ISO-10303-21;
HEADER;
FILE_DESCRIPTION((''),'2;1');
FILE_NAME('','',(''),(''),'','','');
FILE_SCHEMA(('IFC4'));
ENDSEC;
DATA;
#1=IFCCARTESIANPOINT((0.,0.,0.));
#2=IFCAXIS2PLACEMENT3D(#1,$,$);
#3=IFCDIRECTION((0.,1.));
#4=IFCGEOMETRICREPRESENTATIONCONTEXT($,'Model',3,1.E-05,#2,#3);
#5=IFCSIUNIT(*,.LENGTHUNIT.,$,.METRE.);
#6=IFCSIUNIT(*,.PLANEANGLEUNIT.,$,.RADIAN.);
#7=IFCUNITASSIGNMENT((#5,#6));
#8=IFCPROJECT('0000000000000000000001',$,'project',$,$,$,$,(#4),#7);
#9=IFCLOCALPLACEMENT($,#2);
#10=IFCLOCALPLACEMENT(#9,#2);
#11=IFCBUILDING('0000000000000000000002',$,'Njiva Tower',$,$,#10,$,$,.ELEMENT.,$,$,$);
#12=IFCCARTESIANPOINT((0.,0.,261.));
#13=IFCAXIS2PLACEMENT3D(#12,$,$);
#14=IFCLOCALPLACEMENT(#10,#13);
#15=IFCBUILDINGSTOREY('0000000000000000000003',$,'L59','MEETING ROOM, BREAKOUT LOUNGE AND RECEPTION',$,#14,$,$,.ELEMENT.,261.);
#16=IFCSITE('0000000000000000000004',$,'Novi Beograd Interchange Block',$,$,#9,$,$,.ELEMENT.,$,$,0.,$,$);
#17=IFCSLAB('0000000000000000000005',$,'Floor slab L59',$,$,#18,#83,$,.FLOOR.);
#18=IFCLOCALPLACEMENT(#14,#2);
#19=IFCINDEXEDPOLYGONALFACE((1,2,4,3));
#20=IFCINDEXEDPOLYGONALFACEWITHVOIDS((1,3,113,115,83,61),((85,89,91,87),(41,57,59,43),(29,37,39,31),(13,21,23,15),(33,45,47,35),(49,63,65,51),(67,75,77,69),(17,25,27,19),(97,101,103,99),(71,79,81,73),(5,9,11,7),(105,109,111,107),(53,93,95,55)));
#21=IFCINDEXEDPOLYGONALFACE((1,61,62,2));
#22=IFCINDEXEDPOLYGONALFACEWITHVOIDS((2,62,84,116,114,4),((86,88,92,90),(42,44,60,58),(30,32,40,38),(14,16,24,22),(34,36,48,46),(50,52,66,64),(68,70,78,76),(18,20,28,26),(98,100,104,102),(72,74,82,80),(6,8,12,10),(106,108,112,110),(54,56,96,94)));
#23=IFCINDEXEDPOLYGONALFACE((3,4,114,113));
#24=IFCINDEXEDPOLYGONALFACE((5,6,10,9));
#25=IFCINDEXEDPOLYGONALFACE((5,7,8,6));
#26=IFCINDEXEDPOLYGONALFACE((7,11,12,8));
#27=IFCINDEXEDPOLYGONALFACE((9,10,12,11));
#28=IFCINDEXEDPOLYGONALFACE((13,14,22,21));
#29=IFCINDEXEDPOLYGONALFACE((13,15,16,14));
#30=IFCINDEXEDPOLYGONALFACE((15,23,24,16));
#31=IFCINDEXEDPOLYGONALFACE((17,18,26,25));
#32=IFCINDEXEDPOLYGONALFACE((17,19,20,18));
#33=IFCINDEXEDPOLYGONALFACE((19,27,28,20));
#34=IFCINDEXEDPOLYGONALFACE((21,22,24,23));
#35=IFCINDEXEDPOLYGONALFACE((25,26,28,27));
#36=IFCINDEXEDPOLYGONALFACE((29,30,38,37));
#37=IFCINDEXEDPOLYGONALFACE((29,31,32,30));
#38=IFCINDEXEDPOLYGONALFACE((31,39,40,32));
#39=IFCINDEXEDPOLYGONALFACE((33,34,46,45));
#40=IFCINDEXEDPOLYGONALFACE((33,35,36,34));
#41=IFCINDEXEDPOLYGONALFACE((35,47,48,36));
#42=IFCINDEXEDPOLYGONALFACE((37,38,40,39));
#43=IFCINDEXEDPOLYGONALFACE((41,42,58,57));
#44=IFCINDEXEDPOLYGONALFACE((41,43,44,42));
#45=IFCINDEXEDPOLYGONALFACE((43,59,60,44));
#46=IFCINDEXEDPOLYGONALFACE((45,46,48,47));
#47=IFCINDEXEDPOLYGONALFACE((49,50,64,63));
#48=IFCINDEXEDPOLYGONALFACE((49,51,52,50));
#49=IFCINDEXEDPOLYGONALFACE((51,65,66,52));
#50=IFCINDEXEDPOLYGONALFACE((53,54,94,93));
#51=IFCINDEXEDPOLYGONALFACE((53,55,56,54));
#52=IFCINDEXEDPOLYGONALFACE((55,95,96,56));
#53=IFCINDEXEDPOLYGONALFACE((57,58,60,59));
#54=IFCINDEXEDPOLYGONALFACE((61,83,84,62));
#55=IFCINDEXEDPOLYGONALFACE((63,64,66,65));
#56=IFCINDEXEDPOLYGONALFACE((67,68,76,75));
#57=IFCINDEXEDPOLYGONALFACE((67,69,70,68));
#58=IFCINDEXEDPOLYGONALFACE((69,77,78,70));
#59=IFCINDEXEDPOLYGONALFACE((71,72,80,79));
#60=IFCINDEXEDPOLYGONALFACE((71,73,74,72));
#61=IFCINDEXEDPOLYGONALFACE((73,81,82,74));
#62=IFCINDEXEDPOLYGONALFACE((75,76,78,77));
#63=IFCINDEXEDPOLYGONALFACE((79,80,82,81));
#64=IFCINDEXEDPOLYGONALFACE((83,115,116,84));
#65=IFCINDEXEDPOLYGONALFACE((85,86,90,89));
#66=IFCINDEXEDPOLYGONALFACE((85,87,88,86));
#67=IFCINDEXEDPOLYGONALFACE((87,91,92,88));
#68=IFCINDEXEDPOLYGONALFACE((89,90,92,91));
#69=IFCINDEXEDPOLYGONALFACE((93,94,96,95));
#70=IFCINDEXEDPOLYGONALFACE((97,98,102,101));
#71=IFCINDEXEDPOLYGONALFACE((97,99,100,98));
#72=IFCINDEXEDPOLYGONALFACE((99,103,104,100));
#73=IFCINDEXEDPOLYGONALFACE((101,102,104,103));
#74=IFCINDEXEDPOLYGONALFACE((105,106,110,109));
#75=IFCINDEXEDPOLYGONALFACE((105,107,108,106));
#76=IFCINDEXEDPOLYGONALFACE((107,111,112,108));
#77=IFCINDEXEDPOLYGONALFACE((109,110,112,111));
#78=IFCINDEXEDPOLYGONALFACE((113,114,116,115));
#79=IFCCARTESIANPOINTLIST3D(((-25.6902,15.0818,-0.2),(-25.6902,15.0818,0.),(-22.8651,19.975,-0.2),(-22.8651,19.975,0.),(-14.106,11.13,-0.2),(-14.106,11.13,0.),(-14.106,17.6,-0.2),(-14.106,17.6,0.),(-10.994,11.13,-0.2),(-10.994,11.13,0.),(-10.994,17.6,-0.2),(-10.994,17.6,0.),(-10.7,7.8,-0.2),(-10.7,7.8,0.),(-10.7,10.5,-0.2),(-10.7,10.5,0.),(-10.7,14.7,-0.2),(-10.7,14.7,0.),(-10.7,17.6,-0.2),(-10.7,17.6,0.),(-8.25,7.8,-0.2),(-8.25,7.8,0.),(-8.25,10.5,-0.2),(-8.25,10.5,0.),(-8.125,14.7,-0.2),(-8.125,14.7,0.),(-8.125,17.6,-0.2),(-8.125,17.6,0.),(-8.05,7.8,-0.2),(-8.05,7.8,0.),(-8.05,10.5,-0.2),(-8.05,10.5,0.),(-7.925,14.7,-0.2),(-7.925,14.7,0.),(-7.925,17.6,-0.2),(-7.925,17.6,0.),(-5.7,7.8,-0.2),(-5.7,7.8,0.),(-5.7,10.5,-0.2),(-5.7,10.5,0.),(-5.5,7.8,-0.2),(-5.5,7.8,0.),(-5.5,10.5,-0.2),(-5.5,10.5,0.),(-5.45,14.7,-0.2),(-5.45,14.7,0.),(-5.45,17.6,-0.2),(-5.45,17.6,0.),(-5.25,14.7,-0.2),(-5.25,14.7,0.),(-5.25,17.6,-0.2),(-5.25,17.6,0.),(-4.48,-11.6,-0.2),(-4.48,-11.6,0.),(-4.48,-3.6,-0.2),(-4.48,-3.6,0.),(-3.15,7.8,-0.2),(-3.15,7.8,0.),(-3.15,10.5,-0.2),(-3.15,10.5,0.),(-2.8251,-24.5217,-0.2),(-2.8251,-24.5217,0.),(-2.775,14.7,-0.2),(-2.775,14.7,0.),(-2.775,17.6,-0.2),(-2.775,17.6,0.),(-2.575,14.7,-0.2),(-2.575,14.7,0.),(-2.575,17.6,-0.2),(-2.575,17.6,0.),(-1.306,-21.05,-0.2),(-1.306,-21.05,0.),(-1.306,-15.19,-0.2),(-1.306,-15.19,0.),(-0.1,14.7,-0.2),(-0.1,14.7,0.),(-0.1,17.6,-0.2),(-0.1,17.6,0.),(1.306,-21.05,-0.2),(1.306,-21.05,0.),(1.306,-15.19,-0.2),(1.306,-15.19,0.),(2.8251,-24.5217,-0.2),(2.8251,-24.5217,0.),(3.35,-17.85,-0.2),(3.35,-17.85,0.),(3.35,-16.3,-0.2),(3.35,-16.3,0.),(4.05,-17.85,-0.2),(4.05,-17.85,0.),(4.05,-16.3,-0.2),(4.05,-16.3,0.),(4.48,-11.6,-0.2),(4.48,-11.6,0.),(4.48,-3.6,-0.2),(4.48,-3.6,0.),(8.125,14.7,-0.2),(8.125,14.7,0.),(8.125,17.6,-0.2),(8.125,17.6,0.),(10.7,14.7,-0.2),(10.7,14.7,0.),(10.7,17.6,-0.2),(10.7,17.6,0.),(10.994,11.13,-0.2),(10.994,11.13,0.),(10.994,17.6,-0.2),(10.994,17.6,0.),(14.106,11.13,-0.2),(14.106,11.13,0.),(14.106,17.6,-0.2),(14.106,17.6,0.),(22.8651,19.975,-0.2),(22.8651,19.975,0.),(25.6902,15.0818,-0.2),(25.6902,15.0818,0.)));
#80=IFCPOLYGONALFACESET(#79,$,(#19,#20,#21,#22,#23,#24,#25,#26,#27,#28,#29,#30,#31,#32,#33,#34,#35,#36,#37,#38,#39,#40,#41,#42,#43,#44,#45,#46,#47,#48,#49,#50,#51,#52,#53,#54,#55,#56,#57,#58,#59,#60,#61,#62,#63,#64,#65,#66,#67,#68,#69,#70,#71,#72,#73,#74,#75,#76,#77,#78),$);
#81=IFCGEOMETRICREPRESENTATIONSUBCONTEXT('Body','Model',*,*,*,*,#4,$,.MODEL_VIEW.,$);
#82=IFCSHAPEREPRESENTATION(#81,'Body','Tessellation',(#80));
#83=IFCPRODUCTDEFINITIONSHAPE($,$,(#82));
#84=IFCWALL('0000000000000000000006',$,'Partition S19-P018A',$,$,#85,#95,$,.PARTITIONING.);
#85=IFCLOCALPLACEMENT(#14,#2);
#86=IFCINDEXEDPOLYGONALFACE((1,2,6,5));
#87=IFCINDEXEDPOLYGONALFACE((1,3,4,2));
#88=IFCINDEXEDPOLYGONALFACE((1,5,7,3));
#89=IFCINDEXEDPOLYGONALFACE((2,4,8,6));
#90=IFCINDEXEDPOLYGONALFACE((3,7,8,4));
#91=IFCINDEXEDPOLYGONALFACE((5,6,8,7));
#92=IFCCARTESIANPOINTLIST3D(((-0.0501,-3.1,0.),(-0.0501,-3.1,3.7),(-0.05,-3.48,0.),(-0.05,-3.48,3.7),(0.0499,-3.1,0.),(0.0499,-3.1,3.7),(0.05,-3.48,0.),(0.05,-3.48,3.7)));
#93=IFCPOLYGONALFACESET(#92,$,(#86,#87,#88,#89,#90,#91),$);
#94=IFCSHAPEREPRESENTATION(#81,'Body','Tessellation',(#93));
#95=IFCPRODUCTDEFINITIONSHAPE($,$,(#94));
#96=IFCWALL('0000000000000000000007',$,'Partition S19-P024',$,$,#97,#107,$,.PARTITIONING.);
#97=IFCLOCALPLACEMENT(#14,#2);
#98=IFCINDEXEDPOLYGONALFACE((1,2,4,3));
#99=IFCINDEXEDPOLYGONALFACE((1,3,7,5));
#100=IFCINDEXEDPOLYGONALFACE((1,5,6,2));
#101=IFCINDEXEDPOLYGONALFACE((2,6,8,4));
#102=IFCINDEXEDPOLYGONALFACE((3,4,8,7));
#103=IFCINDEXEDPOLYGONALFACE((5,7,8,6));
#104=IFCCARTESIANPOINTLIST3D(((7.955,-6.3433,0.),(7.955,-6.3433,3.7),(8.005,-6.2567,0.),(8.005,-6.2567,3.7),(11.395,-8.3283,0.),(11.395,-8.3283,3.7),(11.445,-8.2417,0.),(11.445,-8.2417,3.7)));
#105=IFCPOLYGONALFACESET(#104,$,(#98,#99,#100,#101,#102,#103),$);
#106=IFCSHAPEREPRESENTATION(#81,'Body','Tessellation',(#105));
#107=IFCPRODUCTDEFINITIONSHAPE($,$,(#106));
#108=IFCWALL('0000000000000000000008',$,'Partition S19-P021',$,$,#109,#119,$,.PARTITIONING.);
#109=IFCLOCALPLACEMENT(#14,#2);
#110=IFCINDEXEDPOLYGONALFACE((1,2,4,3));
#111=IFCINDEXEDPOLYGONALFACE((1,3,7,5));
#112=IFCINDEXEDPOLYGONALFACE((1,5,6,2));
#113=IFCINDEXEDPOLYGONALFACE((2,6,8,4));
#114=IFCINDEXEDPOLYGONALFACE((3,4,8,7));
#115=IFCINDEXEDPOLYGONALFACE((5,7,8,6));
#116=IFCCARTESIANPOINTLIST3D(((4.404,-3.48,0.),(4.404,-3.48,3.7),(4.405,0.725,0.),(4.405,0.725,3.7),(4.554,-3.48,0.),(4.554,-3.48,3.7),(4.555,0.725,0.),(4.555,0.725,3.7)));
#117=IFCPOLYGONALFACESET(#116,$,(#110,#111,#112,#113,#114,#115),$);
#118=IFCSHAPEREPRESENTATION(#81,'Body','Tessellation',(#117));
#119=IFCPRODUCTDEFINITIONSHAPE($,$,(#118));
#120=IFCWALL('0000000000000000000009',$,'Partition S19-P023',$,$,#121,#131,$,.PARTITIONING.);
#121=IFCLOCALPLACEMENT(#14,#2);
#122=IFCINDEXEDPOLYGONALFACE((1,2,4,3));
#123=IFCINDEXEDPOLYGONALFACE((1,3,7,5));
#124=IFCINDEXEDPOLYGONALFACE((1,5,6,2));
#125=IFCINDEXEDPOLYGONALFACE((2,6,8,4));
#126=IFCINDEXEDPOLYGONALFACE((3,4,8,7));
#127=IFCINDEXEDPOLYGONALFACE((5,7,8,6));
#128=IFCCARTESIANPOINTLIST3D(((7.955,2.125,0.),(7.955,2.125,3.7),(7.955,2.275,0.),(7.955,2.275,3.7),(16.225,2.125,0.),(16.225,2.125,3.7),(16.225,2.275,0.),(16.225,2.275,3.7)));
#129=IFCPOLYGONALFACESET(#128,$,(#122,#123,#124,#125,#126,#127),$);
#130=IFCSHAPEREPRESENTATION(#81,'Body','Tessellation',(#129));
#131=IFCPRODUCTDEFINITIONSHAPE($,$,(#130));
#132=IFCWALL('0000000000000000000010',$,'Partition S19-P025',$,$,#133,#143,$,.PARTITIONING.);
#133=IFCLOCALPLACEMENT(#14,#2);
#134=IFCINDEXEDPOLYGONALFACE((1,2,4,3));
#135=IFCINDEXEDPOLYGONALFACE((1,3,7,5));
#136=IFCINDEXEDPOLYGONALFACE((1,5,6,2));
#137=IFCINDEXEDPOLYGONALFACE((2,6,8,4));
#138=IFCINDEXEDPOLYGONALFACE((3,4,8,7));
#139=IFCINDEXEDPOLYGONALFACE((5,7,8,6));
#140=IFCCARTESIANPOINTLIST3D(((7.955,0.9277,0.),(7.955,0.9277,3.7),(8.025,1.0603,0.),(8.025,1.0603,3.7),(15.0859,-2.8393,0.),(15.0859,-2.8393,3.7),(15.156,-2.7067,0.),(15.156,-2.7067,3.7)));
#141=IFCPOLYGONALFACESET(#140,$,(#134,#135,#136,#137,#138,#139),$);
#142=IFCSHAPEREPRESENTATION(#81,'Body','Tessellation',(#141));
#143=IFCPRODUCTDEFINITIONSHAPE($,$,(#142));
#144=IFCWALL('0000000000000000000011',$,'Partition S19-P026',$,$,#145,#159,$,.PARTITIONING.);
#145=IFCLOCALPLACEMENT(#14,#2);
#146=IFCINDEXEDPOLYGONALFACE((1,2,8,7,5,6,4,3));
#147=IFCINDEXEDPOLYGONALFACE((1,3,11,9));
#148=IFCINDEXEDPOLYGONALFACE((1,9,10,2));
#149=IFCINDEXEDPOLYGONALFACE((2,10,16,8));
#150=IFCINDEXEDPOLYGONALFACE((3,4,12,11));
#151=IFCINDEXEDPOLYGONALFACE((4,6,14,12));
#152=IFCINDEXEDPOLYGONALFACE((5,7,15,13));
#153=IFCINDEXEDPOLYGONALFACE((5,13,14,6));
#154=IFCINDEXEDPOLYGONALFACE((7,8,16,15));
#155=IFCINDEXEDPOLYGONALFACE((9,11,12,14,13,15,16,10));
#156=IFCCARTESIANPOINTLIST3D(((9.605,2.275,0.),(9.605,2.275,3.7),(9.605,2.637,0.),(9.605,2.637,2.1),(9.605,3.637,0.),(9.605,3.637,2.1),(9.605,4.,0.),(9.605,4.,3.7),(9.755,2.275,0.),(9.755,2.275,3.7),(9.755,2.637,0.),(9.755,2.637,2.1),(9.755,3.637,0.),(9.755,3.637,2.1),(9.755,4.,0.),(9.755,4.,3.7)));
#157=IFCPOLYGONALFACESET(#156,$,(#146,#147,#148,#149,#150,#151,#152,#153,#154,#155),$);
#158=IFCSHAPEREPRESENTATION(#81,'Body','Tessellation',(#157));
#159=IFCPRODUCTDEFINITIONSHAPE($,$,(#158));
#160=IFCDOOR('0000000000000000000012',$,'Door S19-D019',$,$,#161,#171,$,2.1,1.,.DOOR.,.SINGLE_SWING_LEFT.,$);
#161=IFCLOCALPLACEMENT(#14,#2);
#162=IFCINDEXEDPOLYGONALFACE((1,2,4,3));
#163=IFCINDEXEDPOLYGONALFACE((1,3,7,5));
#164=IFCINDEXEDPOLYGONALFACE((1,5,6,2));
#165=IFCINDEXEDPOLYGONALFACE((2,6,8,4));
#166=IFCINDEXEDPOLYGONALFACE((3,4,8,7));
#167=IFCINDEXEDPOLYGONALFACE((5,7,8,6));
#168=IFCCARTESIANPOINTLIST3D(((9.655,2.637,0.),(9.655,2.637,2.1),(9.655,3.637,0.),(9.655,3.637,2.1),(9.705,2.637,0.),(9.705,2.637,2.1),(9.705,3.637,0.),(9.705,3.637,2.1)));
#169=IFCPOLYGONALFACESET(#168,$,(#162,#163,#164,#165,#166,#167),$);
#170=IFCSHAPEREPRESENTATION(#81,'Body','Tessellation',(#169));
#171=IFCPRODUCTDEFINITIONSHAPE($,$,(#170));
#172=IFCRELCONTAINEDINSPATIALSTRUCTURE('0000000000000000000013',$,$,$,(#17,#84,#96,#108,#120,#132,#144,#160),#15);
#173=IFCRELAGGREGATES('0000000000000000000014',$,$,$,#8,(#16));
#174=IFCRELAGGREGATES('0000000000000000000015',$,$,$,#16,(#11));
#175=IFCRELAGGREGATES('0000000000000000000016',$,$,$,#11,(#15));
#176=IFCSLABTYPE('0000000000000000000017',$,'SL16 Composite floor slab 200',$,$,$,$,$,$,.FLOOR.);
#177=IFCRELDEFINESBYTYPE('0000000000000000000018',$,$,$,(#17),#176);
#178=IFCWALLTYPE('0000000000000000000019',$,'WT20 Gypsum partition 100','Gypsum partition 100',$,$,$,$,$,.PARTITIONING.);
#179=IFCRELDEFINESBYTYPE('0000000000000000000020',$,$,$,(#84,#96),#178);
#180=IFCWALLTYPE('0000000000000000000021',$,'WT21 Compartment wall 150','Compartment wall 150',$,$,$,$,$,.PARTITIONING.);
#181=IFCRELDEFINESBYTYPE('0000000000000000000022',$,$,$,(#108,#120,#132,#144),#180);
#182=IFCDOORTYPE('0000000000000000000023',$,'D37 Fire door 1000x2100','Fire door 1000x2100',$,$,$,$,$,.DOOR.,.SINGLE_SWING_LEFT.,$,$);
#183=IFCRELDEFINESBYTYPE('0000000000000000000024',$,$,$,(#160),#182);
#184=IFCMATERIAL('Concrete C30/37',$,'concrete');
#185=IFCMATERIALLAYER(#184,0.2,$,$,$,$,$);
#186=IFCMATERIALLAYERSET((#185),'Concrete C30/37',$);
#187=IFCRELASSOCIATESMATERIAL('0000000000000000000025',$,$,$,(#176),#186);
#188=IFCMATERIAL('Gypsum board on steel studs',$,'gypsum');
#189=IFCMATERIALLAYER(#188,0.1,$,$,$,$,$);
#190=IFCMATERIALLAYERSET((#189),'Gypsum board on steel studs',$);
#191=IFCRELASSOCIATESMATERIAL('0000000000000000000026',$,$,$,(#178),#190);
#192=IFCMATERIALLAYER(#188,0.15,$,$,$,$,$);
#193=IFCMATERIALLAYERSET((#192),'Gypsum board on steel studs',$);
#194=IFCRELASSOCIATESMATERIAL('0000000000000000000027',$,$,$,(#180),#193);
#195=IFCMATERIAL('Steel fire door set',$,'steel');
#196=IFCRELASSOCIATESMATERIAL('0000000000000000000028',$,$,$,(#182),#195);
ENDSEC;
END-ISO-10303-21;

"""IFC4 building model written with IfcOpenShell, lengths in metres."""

from ifc_helpers import new_model, si_unit, direction, frame, frame_2d, origin, place, context, subcontext, project, spatial, polyline, rectangle, outline, extrude, material, layer, layer_set, type_object, element, fill, save


model = new_model("IFC4")

# Units and contexts
model_context = context("Model", 3, precision=1e-05, world=origin(), true_north=direction((0.0, 1.0)))
body_context = subcontext(model_context, "Body", "Model", "MODEL_VIEW")
ifc_project = project(units=[si_unit("LENGTHUNIT", "METRE"), si_unit("PLANEANGLEUNIT", "RADIAN")], contexts=[model_context])

# Site, building, storey
site_placement = place(None, origin())
site = spatial("IfcSite", under=ifc_project, at=site_placement, Name="Novi Beograd Interchange Block", CompositionType="ELEMENT", RefElevation=0.0)
building_placement = place(site_placement, origin())
building = spatial("IfcBuilding", under=site, at=building_placement, Name="Njiva Tower", CompositionType="ELEMENT")
storey_placement = place(building_placement, frame((0.0, 0.0, 261.0)))
storey = spatial("IfcBuildingStorey", under=building, at=storey_placement, Name="L59", Description="MEETING ROOM, BREAKOUT LOUNGE AND RECEPTION", CompositionType="ELEMENT", Elevation=261.0)

# Slab
ifc_material_1 = material(Name="Concrete C30/37", Category="concrete")
ifc_layer_1 = layer(ifc_material_1, 0.2)
ifc_layer_set_1 = layer_set([ifc_layer_1], Name="Concrete C30/37")
slab_type_1 = type_object("IfcSlabType", Name="SL16 Composite floor slab 200", PredefinedType="FLOOR", material=ifc_layer_set_1)
slab_1_placement = place(storey_placement, frame((0.0, 0.0, -0.2)))
element("IfcSlab", 1, at=slab_1_placement, inside=storey, type_object=slab_type_1, Name="Floor slab L59", PredefinedType="FLOOR", context=body_context, shape_type="SweptSolid", body=[
    extrude(outline(polyline([(25.6902, 15.0818), (2.8251, -24.5217), (-2.8251, -24.5217), (-25.6902, 15.0818), (-22.8651, 19.975), (22.8651, 19.975), (25.6902, 15.0818)]), holes=[polyline([(10.994, 11.13), (14.106, 11.13), (14.106, 17.6), (10.994, 17.6), (10.994, 11.13)]), polyline([(8.125, 14.7), (10.7, 14.7), (10.7, 17.6), (8.125, 17.6), (8.125, 14.7)]), polyline([(4.48, -11.6), (4.48, -3.6), (-4.48, -3.6), (-4.48, -11.6), (4.48, -11.6)]), polyline([(3.35, -17.85), (4.05, -17.85), (4.05, -16.3), (3.35, -16.3), (3.35, -17.85)]), polyline([(-1.306, -21.05), (1.306, -21.05), (1.306, -15.19), (-1.306, -15.19), (-1.306, -21.05)]), polyline([(-2.575, 14.7), (-0.1, 14.7), (-0.1, 17.6), (-2.575, 17.6), (-2.575, 14.7)]), polyline([(-2.775, 14.7), (-2.775, 17.6), (-5.25, 17.6), (-5.25, 14.7), (-2.775, 14.7)]), polyline([(-5.5, 7.8), (-3.15, 7.8), (-3.15, 10.5), (-5.5, 10.5), (-5.5, 7.8)]), polyline([(-7.925, 14.7), (-5.45, 14.7), (-5.45, 17.6), (-7.925, 17.6), (-7.925, 14.7)]), polyline([(-8.05, 7.8), (-5.7, 7.8), (-5.7, 10.5), (-8.05, 10.5), (-8.05, 7.8)]), polyline([(-10.7, 14.7), (-8.125, 14.7), (-8.125, 17.6), (-10.7, 17.6), (-10.7, 14.7)]), polyline([(-8.25, 7.8), (-8.25, 10.5), (-10.7, 10.5), (-10.7, 7.8), (-8.25, 7.8)]), polyline([(-10.994, 11.13), (-10.994, 17.6), (-14.106, 17.6), (-14.106, 11.13), (-10.994, 11.13)])]), origin(), (0.0, 0.0, 1.0), 0.2),
])

# Walls
ifc_material_2 = material(Name="Gypsum board on steel studs", Category="gypsum")
ifc_layer_2 = layer(ifc_material_2, 0.1)
ifc_layer_set_2 = layer_set([ifc_layer_2], Name="Gypsum board on steel studs")
wall_type_1 = type_object("IfcWallType", Name="WT20 Gypsum partition 100", Description="Gypsum partition 100", PredefinedType="PARTITIONING", material=ifc_layer_set_2)
wall_1_placement = place(storey_placement, frame((-0.0001, -3.1, 0.0), z_axis=(0.0, 0.0, 1.0), x_axis=(0.000263, -1.0, 0.0)))
element("IfcWall", 2, at=wall_1_placement, inside=storey, type_object=wall_type_1, Name="Partition S19-P018A", PredefinedType="PARTITIONING", context=body_context, shape_type="SweptSolid", body=[
    extrude(rectangle(XDim=0.38, YDim=0.1, at=frame_2d((0.19, 0.0))), origin(), (0.0, 0.0, 1.0), 3.7),
])
wall_2_placement = place(storey_placement, frame((7.98, -6.3, 0.0), z_axis=(0.0, 0.0, 1.0), x_axis=(0.866144, -0.499795, 0.0)))
element("IfcWall", 3, at=wall_2_placement, inside=storey, type_object=wall_type_1, Name="Partition S19-P024", PredefinedType="PARTITIONING", context=body_context, shape_type="SweptSolid", body=[
    extrude(rectangle(XDim=3.9716, YDim=0.1, at=frame_2d((1.9858, 0.0))), origin(), (0.0, 0.0, 1.0), 3.7),
])
ifc_layer_3 = layer(ifc_material_2, 0.15)
ifc_layer_set_3 = layer_set([ifc_layer_3], Name="Gypsum board on steel studs")
wall_type_2 = type_object("IfcWallType", Name="WT21 Compartment wall 150", Description="Compartment wall 150", PredefinedType="PARTITIONING", material=ifc_layer_set_3)
wall_3_placement = place(storey_placement, frame((4.479, -3.48, 0.0), z_axis=(0.0, 0.0, 1.0), x_axis=(0.000238, 1.0, 0.0)))
element("IfcWall", 4, at=wall_3_placement, inside=storey, type_object=wall_type_2, Name="Partition S19-P021", PredefinedType="PARTITIONING", context=body_context, shape_type="SweptSolid", body=[
    extrude(rectangle(XDim=4.205, YDim=0.15, at=frame_2d((2.1025, 0.0))), origin(), (0.0, 0.0, 1.0), 3.7),
])
wall_4_placement = place(storey_placement, frame((7.955, 2.2, 0.0), z_axis=(0.0, 0.0, 1.0), x_axis=(1.0, 0.0, 0.0)))
element("IfcWall", 5, at=wall_4_placement, inside=storey, type_object=wall_type_2, Name="Partition S19-P023", PredefinedType="PARTITIONING", context=body_context, shape_type="SweptSolid", body=[
    extrude(rectangle(XDim=8.27, YDim=0.15, at=frame_2d((4.135, 0.0))), origin(), (0.0, 0.0, 1.0), 3.7),
])
wall_5_placement = place(storey_placement, frame((7.99, 0.994, 0.0), z_axis=(0.0, 0.0, 1.0), x_axis=(0.88421, -0.46709, 0.0)))
element("IfcWall", 6, at=wall_5_placement, inside=storey, type_object=wall_type_2, Name="Partition S19-P025", PredefinedType="PARTITIONING", context=body_context, shape_type="SweptSolid", body=[
    extrude(rectangle(XDim=8.0648, YDim=0.15, at=frame_2d((4.0324, 0.0))), origin(), (0.0, 0.0, 1.0), 3.7),
])

# Wall, opening, door
wall_6_placement = place(storey_placement, frame((9.68, 2.275, 0.0), z_axis=(0.0, 0.0, 1.0), x_axis=(0.0, 1.0, 0.0)))
wall_6 = element("IfcWall", 7, at=wall_6_placement, inside=storey, type_object=wall_type_2, Name="Partition S19-P026", PredefinedType="PARTITIONING", context=body_context, shape_type="SweptSolid", body=[
    extrude(rectangle(XDim=1.725, YDim=0.15, at=frame_2d((0.8625, 0.0))), origin(), (0.0, 0.0, 1.0), 3.7),
])
opening_1_placement = place(wall_6_placement, frame((0.362, 0.0, 0.0)))
opening_1 = element("IfcOpeningElement", 8, at=opening_1_placement, cuts=wall_6, PredefinedType="OPENING", context=body_context, shape_type="SweptSolid", body=[
    extrude(rectangle(XDim=1.0, YDim=2.1, at=frame_2d((0.5, 1.05))), frame((0.0, 0.085, 0.0), z_axis=(0.0, -1.0, 0.0), x_axis=(1.0, 0.0, 0.0)), (0.0, 0.0, 1.0), 0.17),
])
ifc_material_3 = material(Name="Steel fire door set", Category="steel")
door_type_1 = type_object("IfcDoorType", Name="D37 Fire door 1000x2100", Description="Fire door 1000x2100", OperationType="SINGLE_SWING_LEFT", PredefinedType="DOOR", material=ifc_material_3)
door_1_placement = place(opening_1_placement, origin())
door_1 = element("IfcDoor", 9, at=door_1_placement, inside=storey, type_object=door_type_1, Name="Door S19-D019", OperationType="SINGLE_SWING_LEFT", OverallHeight=2.1, OverallWidth=1.0, PredefinedType="DOOR", context=body_context, shape_type="SweptSolid", body=[
    extrude(rectangle(XDim=1.0, YDim=2.1, at=frame_2d((0.5, 1.05))), frame((0.0, 0.025, 0.0), z_axis=(0.0, -1.0, 0.0), x_axis=(1.0, 0.0, 0.0)), (0.0, 0.0, 1.0), 0.05),
])
fill(opening_1, door_1)

save(model, "model.ifc")
